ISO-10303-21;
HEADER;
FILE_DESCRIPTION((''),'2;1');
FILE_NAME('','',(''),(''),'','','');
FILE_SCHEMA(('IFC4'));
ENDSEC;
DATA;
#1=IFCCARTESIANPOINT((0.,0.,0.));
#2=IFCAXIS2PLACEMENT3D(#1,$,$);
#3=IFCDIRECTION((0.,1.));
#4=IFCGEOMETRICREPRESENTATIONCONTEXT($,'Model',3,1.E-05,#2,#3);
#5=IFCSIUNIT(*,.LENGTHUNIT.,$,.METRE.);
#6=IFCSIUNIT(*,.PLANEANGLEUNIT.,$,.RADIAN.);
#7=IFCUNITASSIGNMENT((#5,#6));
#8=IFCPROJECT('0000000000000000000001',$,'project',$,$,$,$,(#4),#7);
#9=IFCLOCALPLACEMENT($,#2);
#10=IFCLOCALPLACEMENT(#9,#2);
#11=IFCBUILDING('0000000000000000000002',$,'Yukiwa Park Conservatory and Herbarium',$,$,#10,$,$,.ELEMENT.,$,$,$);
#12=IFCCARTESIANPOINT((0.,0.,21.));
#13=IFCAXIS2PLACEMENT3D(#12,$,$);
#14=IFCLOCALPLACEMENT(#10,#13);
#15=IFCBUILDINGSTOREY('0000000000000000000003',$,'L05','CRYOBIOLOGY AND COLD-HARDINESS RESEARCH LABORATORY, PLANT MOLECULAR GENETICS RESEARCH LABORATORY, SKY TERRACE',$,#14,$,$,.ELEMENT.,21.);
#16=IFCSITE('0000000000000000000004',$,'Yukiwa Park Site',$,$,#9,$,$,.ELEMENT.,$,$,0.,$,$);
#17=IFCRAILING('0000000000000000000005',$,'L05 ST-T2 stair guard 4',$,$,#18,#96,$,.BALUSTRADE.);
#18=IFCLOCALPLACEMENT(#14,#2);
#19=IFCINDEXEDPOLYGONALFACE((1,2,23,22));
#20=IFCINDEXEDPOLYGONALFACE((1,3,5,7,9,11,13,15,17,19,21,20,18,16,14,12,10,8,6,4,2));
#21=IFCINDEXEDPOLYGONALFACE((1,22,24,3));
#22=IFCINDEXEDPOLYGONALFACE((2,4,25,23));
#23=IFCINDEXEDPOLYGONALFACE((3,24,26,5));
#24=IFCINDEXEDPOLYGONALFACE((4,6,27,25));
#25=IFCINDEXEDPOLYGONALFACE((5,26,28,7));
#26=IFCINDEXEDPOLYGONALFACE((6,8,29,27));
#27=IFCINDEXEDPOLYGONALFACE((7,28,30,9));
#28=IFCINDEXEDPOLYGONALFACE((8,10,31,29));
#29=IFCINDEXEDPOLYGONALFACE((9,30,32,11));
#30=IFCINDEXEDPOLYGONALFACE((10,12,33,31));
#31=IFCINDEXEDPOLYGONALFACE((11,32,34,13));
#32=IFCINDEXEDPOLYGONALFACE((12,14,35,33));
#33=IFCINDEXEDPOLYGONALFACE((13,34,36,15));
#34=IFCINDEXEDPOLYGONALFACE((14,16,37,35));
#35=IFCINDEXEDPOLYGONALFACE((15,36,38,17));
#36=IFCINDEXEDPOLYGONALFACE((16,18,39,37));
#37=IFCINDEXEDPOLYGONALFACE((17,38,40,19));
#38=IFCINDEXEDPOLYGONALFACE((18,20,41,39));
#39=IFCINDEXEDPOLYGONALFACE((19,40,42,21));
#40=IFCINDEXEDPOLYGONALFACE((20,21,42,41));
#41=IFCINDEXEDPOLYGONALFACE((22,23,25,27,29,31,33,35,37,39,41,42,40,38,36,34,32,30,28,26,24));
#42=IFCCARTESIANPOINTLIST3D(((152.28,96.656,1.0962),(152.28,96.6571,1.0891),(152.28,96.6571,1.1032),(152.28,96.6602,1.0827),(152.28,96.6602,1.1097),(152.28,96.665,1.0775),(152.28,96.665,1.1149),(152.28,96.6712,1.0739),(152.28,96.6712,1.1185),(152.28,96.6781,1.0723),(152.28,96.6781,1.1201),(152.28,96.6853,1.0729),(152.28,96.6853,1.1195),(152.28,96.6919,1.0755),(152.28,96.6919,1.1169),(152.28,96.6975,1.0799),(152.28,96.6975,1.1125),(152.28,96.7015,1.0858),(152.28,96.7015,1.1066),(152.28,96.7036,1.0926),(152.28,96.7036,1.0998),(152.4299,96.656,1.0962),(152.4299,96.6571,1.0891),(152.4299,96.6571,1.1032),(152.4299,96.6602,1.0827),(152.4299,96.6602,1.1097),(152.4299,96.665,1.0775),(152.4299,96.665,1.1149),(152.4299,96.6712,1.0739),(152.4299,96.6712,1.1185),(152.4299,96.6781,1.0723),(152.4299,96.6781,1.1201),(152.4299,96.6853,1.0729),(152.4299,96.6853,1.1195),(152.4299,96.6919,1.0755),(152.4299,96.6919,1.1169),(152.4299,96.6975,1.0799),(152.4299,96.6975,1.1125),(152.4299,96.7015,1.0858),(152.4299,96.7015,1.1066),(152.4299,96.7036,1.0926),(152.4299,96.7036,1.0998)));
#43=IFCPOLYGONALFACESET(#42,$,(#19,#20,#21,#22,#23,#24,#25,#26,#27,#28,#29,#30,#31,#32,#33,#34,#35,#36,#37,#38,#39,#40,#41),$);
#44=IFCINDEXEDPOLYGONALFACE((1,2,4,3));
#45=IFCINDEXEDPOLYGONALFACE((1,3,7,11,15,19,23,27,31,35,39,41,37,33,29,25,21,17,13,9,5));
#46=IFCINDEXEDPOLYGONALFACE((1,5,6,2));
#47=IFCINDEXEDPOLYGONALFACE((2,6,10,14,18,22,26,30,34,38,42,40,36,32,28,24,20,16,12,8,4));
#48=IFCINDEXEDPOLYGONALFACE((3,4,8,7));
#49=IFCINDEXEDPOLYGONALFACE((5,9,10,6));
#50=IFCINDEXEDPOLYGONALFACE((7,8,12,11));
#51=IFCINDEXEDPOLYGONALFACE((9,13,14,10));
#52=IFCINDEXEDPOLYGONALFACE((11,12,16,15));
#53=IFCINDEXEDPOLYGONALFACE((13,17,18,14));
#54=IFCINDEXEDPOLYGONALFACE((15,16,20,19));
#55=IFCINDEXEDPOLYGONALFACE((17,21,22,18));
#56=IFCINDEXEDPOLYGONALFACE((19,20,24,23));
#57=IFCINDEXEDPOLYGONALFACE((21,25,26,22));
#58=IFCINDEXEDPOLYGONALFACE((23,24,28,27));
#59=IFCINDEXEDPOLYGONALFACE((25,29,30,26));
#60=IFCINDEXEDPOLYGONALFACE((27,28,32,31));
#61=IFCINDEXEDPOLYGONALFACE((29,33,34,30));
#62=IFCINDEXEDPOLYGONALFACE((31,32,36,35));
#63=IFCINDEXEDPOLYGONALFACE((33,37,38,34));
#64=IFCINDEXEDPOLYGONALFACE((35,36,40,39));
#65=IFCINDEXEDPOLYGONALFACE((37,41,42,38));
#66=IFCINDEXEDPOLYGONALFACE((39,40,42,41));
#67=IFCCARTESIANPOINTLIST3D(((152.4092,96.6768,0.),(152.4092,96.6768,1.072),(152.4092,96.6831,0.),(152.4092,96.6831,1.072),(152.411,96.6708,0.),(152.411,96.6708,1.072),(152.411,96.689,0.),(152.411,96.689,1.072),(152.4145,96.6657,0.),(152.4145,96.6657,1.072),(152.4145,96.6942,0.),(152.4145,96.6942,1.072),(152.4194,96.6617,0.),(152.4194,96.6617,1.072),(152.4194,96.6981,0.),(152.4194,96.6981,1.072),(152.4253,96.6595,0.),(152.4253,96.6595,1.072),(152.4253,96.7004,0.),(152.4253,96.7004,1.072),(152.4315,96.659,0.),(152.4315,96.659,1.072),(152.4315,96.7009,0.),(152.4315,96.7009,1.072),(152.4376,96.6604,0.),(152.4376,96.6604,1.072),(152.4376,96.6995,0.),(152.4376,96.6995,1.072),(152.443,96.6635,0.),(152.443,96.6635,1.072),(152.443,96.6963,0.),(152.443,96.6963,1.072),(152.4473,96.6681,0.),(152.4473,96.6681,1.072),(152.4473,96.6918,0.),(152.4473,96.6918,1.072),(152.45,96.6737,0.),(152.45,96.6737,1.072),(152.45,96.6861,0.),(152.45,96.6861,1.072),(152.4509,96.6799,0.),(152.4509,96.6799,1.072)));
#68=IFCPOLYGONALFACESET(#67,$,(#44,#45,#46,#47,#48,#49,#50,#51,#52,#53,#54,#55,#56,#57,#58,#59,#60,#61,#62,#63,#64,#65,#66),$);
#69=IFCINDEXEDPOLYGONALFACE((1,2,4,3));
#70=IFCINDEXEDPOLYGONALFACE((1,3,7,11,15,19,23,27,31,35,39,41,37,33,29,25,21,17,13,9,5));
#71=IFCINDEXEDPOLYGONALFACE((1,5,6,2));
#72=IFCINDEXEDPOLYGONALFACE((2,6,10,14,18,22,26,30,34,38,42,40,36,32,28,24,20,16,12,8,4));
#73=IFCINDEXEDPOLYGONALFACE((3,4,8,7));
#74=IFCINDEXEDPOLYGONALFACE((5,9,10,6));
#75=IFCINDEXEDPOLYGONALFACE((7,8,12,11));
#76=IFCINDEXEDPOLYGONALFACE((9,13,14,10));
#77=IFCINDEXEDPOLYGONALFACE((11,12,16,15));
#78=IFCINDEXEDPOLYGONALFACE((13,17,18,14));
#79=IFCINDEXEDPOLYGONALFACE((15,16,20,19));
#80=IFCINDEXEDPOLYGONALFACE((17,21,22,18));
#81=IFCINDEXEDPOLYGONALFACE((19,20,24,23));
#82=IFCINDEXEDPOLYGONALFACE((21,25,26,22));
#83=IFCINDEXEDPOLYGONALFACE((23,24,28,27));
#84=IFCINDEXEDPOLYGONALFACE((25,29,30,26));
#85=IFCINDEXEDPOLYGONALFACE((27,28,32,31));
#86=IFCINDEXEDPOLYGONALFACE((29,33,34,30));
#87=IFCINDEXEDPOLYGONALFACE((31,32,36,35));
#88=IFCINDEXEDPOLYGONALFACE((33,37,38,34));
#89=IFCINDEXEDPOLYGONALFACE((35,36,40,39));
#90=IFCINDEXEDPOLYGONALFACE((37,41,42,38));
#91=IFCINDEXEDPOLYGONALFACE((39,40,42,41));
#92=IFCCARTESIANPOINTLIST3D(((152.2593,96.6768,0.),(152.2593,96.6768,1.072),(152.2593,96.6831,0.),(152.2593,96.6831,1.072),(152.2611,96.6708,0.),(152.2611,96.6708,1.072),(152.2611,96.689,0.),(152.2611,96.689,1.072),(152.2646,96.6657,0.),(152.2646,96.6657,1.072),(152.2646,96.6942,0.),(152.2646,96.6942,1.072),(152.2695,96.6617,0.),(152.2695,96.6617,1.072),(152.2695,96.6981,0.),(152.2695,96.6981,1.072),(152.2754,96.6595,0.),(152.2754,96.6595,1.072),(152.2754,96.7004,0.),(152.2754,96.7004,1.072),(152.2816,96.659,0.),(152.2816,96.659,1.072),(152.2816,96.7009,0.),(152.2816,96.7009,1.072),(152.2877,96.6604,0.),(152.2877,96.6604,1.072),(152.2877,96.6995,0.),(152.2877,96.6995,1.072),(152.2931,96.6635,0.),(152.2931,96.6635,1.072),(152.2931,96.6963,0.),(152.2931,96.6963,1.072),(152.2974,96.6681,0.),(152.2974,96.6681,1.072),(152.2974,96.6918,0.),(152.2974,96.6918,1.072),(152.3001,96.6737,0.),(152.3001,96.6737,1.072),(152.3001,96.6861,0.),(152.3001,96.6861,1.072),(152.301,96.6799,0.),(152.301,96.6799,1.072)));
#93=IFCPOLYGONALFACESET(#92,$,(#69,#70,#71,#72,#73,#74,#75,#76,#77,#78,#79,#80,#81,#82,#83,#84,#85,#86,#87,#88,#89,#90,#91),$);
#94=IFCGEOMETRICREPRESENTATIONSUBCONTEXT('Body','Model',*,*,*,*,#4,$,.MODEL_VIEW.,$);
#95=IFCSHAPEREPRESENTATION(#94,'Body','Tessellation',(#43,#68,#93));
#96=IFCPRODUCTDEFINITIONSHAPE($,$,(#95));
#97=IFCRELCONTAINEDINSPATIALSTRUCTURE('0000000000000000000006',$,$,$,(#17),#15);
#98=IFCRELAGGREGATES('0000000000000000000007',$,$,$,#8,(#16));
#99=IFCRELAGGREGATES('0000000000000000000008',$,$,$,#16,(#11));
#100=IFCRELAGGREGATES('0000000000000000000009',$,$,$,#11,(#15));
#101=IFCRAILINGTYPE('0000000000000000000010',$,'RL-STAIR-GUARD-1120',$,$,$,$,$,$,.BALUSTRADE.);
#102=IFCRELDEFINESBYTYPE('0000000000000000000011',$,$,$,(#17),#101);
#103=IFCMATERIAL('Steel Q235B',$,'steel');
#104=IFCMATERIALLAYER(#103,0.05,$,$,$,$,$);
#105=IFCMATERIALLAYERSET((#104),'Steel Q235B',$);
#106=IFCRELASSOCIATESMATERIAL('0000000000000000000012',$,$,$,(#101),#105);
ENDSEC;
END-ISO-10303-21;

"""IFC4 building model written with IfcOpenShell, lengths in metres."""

from ifc_helpers import new_model, si_unit, direction, frame, origin, origin_2d, place, context, subcontext, project, spatial, circle, extrude, material, layer, layer_set, type_object, element, save


model = new_model("IFC4")

# Units and contexts
model_context = context("Model", 3, precision=1e-05, world=origin(), true_north=direction((0.0, 1.0)))
body_context = subcontext(model_context, "Body", "Model", "MODEL_VIEW")
ifc_project = project(units=[si_unit("LENGTHUNIT", "METRE"), si_unit("PLANEANGLEUNIT", "RADIAN")], contexts=[model_context])

# Site, building, storey
site_placement = place(None, origin())
site = spatial("IfcSite", under=ifc_project, at=site_placement, Name="Yukiwa Park Site", CompositionType="ELEMENT", RefElevation=0.0)
building_placement = place(site_placement, origin())
building = spatial("IfcBuilding", under=site, at=building_placement, Name="Yukiwa Park Conservatory and Herbarium", CompositionType="ELEMENT")
storey_placement = place(building_placement, frame((0.0, 0.0, 21.0)))
storey = spatial("IfcBuildingStorey", under=building, at=storey_placement, Name="L05", Description="CRYOBIOLOGY AND COLD-HARDINESS RESEARCH LABORATORY, PLANT MOLECULAR GENETICS RESEARCH LABORATORY, SKY TERRACE", CompositionType="ELEMENT", Elevation=21.0)

# Railing
ifc_material_1 = material(Name="Steel Q235B", Category="steel")
ifc_layer_1 = layer(ifc_material_1, 0.05)
ifc_layer_set_1 = layer_set([ifc_layer_1], Name="Steel Q235B")
railing_type_1 = type_object("IfcRailingType", Name="RL-STAIR-GUARD-1120", PredefinedType="BALUSTRADE", material=ifc_layer_set_1)
railing_1_placement = place(storey_placement, frame((152.4299, 96.6799, 0.0)))
element("IfcRailing", 1, at=railing_1_placement, inside=storey, type_object=railing_type_1, Name="L05 ST-T2 stair guard 4", PredefinedType="BALUSTRADE", context=body_context, shape_type="SweptSolid", body=[
    extrude(circle(Radius=0.0239, at=origin_2d()), frame((0.0, 0.0, 1.0962), z_axis=(-1.0, 0.0, 0.0), x_axis=(0.0, -1.0, 0.0)), (0.0, 0.0, 1.0), 0.1499),
    extrude(circle(Radius=0.021, at=origin_2d()), origin(), (0.0, 0.0, 1.0), 1.072),
    extrude(circle(Radius=0.021, at=origin_2d()), frame((-0.1499, 0.0, 0.0)), (0.0, 0.0, 1.0), 1.072),
])

save(model, "model.ifc")
